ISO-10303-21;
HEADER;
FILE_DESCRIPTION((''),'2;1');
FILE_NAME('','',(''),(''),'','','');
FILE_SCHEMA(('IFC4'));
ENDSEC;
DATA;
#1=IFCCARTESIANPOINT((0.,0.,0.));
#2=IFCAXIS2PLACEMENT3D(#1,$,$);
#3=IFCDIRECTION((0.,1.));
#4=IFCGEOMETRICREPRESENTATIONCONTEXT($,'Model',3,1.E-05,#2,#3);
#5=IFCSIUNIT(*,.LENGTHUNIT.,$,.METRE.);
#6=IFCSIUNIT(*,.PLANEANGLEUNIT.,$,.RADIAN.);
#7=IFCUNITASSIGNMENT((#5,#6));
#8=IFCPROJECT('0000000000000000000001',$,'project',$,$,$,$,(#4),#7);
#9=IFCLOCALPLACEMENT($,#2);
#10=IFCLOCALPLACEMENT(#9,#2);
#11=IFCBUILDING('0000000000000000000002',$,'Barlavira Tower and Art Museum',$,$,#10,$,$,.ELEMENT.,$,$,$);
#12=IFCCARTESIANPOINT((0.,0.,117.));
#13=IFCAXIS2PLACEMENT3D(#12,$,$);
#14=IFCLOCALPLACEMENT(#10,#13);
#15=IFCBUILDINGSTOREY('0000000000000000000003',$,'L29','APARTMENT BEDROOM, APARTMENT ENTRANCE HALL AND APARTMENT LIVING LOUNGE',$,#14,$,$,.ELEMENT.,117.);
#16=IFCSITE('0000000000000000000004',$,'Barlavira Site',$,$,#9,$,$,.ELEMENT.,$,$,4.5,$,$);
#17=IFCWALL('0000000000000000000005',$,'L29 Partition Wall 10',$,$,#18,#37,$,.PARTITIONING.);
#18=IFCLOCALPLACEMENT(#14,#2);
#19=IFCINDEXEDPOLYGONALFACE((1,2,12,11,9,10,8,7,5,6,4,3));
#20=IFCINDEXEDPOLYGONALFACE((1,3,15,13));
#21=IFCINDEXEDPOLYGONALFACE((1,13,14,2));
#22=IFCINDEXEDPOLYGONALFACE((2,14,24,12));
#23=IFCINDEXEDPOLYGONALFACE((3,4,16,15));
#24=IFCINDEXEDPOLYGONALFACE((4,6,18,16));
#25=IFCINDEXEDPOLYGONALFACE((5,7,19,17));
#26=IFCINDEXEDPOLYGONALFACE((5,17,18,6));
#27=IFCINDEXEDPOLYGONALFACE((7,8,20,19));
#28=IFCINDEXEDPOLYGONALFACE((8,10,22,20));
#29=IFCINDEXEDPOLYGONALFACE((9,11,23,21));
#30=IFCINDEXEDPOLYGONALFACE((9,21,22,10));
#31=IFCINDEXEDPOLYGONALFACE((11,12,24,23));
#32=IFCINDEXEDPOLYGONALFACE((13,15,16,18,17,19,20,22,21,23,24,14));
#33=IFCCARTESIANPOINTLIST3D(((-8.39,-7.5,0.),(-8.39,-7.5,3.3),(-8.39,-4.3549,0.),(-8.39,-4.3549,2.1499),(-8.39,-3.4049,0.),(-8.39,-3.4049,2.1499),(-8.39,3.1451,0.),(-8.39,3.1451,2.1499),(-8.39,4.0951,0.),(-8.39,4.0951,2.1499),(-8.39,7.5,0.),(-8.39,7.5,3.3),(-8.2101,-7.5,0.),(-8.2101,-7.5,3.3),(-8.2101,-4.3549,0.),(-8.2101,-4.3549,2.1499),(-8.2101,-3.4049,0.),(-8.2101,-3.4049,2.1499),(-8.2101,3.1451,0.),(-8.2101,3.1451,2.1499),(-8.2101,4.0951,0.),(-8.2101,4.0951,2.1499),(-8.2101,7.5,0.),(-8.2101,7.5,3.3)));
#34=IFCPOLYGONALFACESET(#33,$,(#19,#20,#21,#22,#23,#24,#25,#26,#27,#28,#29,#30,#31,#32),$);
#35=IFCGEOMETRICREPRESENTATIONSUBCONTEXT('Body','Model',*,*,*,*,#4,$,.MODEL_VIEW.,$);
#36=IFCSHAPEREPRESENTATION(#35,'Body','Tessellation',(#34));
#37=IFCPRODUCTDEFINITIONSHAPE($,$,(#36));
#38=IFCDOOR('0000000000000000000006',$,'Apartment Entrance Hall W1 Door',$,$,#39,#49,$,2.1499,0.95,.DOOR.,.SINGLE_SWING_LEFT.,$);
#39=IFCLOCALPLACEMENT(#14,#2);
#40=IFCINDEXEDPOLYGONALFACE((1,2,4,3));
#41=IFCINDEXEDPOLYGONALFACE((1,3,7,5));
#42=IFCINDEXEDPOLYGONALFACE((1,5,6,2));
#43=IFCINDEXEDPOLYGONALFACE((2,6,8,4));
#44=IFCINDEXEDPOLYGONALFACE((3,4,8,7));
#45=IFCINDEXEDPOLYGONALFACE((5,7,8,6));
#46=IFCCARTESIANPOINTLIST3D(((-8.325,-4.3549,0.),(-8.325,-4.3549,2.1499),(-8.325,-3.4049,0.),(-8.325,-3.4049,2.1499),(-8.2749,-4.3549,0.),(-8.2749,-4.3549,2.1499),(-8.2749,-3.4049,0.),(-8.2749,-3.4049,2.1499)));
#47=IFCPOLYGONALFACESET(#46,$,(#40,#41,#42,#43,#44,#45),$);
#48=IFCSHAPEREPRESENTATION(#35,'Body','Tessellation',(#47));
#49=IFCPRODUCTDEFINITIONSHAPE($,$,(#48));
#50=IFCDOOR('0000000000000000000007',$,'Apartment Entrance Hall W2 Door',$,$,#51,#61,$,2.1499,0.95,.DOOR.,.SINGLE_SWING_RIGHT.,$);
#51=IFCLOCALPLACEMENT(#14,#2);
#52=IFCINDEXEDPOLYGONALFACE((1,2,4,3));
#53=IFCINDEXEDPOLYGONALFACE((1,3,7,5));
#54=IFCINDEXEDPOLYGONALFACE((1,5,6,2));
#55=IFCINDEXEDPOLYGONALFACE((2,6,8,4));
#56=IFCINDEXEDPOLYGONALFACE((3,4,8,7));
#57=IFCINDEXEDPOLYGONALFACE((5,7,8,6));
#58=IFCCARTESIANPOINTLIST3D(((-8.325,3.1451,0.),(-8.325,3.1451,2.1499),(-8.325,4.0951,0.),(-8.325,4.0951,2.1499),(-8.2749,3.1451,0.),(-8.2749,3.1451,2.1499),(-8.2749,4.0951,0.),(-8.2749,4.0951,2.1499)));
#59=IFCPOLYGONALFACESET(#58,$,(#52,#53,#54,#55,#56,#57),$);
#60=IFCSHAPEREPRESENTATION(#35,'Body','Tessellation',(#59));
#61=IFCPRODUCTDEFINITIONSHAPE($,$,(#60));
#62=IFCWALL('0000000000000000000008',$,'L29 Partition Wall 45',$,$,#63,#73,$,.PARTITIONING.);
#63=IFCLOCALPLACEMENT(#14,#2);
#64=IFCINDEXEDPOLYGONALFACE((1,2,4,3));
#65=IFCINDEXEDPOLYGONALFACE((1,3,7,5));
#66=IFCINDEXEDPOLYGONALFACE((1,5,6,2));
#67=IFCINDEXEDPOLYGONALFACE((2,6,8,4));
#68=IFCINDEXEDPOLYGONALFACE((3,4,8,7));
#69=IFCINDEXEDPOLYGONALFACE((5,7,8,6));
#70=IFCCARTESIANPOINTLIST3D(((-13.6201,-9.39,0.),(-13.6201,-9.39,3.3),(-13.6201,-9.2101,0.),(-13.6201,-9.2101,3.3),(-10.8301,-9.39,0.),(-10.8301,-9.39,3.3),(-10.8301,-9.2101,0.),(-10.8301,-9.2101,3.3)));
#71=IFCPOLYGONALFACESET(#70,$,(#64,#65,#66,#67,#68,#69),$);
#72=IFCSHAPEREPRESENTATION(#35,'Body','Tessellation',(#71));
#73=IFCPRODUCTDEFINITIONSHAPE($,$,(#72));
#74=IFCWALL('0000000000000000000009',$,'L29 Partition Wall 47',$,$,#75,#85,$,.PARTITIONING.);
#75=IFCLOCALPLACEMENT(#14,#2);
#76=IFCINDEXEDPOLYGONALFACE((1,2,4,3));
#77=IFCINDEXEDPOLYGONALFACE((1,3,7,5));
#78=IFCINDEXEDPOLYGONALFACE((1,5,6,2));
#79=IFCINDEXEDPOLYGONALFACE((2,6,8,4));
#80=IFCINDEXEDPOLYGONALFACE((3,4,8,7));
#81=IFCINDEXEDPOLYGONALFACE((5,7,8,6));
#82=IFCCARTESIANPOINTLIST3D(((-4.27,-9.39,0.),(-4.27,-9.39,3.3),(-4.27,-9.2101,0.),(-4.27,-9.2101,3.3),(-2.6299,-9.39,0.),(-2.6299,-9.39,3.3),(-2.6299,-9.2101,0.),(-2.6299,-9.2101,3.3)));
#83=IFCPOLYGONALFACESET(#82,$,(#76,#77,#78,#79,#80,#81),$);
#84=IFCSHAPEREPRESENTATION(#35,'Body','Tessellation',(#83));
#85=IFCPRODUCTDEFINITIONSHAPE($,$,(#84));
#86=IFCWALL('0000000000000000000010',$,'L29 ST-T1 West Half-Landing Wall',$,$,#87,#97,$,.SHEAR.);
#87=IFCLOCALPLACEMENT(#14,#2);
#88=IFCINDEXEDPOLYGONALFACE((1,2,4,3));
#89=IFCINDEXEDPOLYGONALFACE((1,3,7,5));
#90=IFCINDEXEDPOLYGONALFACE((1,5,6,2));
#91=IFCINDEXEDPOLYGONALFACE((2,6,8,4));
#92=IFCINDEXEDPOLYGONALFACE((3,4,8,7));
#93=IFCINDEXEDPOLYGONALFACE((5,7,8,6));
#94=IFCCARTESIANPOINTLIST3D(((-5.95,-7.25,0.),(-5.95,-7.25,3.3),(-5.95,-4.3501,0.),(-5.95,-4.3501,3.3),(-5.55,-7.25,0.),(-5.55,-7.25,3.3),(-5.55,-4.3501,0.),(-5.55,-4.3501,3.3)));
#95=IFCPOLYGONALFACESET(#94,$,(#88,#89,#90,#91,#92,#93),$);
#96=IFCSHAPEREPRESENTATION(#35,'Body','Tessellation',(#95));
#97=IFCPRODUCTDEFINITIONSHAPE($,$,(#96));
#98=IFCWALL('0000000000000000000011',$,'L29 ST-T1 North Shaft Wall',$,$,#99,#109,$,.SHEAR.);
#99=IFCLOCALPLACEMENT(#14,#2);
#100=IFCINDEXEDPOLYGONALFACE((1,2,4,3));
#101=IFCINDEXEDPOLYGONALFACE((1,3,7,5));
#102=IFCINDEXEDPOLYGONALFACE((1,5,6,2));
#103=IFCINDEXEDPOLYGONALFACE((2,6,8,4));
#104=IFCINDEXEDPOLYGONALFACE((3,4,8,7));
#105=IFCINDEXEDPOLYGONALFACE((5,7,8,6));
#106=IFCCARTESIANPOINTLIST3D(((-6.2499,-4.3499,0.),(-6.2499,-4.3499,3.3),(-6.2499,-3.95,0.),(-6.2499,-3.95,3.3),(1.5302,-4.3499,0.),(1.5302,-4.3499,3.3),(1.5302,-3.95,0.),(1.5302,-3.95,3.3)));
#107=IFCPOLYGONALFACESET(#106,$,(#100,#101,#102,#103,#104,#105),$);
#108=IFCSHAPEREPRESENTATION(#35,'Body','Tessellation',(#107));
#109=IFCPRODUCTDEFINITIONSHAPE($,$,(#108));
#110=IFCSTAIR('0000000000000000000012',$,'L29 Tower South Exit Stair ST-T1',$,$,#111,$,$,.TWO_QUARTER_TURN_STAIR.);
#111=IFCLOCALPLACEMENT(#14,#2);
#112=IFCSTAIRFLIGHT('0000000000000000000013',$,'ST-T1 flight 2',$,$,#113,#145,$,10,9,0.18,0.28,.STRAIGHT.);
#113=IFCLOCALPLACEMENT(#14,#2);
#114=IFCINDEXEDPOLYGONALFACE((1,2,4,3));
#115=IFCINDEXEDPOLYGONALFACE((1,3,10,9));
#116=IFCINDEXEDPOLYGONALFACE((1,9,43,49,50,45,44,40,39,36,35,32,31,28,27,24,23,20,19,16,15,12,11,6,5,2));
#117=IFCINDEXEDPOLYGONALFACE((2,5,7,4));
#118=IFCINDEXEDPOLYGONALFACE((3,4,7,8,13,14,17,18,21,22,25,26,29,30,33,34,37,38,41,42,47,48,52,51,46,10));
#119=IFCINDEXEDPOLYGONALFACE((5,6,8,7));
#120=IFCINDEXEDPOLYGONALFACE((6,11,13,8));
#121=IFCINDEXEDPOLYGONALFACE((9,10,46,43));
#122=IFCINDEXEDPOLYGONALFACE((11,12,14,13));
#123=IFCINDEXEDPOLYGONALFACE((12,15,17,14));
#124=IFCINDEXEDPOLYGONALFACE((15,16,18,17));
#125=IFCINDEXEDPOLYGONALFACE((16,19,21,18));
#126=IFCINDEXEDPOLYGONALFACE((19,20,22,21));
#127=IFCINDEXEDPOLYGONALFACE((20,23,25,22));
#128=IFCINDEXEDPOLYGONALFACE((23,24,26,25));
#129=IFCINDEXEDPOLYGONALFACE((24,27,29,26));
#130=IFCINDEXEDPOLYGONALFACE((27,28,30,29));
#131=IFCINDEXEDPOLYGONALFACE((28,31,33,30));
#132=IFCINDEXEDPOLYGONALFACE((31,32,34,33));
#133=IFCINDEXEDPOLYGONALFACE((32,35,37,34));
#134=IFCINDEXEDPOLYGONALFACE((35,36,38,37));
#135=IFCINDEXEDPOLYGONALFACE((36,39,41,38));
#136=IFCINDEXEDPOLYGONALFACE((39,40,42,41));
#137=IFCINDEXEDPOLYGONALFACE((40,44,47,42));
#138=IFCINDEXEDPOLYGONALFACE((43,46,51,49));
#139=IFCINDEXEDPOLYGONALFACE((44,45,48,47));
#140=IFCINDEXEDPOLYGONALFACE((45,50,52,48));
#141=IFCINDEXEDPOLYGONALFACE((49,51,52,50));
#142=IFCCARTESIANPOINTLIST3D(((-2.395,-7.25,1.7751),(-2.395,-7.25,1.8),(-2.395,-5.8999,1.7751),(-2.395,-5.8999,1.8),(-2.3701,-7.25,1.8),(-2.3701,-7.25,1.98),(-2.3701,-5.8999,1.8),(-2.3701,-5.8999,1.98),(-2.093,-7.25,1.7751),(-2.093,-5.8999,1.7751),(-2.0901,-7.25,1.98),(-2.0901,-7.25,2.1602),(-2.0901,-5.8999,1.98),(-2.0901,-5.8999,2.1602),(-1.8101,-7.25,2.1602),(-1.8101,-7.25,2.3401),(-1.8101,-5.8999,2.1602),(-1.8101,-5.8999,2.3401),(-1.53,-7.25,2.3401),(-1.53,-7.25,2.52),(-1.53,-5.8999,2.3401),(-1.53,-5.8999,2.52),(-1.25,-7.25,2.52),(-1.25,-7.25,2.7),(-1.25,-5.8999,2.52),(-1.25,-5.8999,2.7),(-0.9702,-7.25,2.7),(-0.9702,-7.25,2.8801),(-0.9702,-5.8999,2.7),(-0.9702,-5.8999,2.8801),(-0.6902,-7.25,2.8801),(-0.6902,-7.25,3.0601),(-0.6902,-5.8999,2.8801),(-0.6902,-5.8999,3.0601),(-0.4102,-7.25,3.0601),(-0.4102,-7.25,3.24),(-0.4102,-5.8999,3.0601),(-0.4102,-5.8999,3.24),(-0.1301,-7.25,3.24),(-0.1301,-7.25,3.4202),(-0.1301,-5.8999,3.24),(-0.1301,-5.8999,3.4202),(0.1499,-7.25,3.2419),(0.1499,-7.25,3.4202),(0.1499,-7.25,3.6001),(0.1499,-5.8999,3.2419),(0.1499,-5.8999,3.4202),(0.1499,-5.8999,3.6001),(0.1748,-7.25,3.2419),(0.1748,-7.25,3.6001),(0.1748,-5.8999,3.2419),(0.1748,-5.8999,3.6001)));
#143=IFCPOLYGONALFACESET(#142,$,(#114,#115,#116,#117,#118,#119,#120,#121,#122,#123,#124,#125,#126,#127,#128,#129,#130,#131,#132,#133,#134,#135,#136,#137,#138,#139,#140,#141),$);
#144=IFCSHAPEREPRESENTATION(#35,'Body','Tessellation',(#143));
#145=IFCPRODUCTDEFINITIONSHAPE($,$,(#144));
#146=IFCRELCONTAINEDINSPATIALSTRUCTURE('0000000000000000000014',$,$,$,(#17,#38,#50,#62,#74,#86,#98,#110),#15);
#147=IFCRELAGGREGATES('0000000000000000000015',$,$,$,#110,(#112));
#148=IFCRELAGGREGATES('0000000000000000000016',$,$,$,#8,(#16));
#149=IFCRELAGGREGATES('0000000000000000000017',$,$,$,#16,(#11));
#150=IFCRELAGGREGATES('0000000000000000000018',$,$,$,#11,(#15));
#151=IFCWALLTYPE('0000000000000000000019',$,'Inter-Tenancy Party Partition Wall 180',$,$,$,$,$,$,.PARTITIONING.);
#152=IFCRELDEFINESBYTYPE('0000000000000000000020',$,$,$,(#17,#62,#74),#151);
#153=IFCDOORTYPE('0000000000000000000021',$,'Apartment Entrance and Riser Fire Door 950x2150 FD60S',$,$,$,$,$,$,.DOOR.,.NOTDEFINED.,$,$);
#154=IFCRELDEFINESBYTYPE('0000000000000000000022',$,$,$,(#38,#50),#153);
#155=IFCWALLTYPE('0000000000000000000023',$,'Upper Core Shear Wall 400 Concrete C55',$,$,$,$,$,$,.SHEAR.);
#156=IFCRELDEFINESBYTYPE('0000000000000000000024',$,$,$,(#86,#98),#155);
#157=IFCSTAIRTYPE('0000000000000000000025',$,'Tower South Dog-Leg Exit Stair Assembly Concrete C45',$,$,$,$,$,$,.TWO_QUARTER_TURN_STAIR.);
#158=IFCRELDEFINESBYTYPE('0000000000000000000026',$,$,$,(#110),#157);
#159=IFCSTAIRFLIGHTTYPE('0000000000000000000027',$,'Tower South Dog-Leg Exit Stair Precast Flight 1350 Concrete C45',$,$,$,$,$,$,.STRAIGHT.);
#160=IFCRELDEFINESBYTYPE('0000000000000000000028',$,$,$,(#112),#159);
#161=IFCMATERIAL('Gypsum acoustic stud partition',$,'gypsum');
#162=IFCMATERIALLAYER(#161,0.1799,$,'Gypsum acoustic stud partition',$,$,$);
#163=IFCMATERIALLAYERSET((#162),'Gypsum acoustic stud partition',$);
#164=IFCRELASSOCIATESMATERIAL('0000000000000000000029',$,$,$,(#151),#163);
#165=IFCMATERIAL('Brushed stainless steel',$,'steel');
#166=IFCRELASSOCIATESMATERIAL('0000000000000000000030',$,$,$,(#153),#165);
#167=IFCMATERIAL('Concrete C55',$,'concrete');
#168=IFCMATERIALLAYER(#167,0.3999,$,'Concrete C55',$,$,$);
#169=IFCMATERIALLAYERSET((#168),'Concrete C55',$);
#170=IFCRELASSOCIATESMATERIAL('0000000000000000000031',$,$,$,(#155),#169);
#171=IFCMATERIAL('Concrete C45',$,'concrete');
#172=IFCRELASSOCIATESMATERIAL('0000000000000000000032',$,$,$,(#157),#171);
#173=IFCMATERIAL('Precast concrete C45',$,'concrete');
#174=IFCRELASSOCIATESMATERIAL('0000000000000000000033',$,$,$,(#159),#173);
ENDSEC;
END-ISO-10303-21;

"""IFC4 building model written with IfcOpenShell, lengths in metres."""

from ifc_helpers import new_model, si_unit, direction, frame, frame_2d, origin, place, context, subcontext, project, spatial, polyline, rectangle, outline, extrude, material, layer, layer_set, type_object, element, fill, aggregate, save


model = new_model("IFC4")

# Units and contexts
model_context = context("Model", 3, precision=1e-05, world=origin(), true_north=direction((0.0, 1.0)))
body_context = subcontext(model_context, "Body", "Model", "MODEL_VIEW")
ifc_project = project(units=[si_unit("LENGTHUNIT", "METRE"), si_unit("PLANEANGLEUNIT", "RADIAN")], contexts=[model_context])

# Site, building, storey
site_placement = place(None, origin())
site = spatial("IfcSite", under=ifc_project, at=site_placement, Name="Barlavira Site", CompositionType="ELEMENT", RefElevation=4.5)
building_placement = place(site_placement, origin())
building = spatial("IfcBuilding", under=site, at=building_placement, Name="Barlavira Tower and Art Museum", CompositionType="ELEMENT")
storey_placement = place(building_placement, frame((0.0, 0.0, 117.0)))
storey = spatial("IfcBuildingStorey", under=building, at=storey_placement, Name="L29", Description="APARTMENT BEDROOM, APARTMENT ENTRANCE HALL AND APARTMENT LIVING LOUNGE", CompositionType="ELEMENT", Elevation=117.0)

# Shared definitions
ifc_material_1 = material(Name="Brushed stainless steel", Category="steel")

# Wall, openings, doors
ifc_material_2 = material(Name="Gypsum acoustic stud partition", Category="gypsum")
ifc_layer_1 = layer(ifc_material_2, 0.1799, Name="Gypsum acoustic stud partition")
ifc_layer_set_1 = layer_set([ifc_layer_1], Name="Gypsum acoustic stud partition")
wall_type_1 = type_object("IfcWallType", Name="Inter-Tenancy Party Partition Wall 180", PredefinedType="PARTITIONING", material=ifc_layer_set_1)
wall_1_placement = place(storey_placement, frame((-8.3, -7.5, 0.0), z_axis=(0.0, 0.0, 1.0), x_axis=(0.0, 1.0, 0.0)))
wall_1 = element("IfcWall", 1, at=wall_1_placement, inside=storey, type_object=wall_type_1, Name="L29 Partition Wall 10", PredefinedType="PARTITIONING", context=body_context, shape_type="SweptSolid", body=[
    extrude(rectangle(XDim=15.0, YDim=0.1799, at=frame_2d((7.5, 0.0))), origin(), (0.0, 0.0, 1.0), 3.3),
])
opening_1_placement = place(wall_1_placement, frame((3.145, 0.0, 0.0)))
opening_1 = element("IfcOpeningElement", 2, at=opening_1_placement, cuts=wall_1, PredefinedType="OPENING", context=body_context, shape_type="SweptSolid", body=[
    extrude(rectangle(XDim=0.95, YDim=2.1499, at=frame_2d((0.4751, 1.075))), frame((0.0, 0.1001, 0.0), z_axis=(0.0, -1.0, 0.0), x_axis=(1.0, 0.0, 0.0)), (0.0, 0.0, 1.0), 0.2),
])
opening_2_placement = place(wall_1_placement, frame((10.645, 0.0, 0.0)))
opening_2 = element("IfcOpeningElement", 3, at=opening_2_placement, cuts=wall_1, PredefinedType="OPENING", context=body_context, shape_type="SweptSolid", body=[
    extrude(rectangle(XDim=0.95, YDim=2.1499, at=frame_2d((0.4751, 1.075))), frame((0.0, 0.1001, 0.0), z_axis=(0.0, -1.0, 0.0), x_axis=(1.0, 0.0, 0.0)), (0.0, 0.0, 1.0), 0.2),
])
door_type_1 = type_object("IfcDoorType", Name="Apartment Entrance and Riser Fire Door 950x2150 FD60S", OperationType="NOTDEFINED", PredefinedType="DOOR", material=ifc_material_1)
door_1_placement = place(opening_1_placement, origin())
door_1 = element("IfcDoor", 4, at=door_1_placement, inside=storey, type_object=door_type_1, Name="Apartment Entrance Hall W1 Door", OperationType="SINGLE_SWING_LEFT", OverallHeight=2.1499, OverallWidth=0.95, PredefinedType="DOOR", context=body_context, shape_type="SweptSolid", body=[
    extrude(rectangle(XDim=0.95, YDim=2.1499, at=frame_2d((0.4751, 1.075))), frame((0.0, 0.0249, 0.0), z_axis=(0.0, -1.0, 0.0), x_axis=(1.0, 0.0, 0.0)), (0.0, 0.0, 1.0), 0.05),
])
fill(opening_1, door_1)
door_2_placement = place(opening_2_placement, origin())
door_2 = element("IfcDoor", 5, at=door_2_placement, inside=storey, type_object=door_type_1, Name="Apartment Entrance Hall W2 Door", OperationType="SINGLE_SWING_RIGHT", OverallHeight=2.1499, OverallWidth=0.95, PredefinedType="DOOR", context=body_context, shape_type="SweptSolid", body=[
    extrude(rectangle(XDim=0.95, YDim=2.1499, at=frame_2d((0.4751, 1.075))), frame((0.0, 0.0249, 0.0), z_axis=(0.0, -1.0, 0.0), x_axis=(1.0, 0.0, 0.0)), (0.0, 0.0, 1.0), 0.05),
])
fill(opening_2, door_2)

# Wall
wall_2_placement = place(storey_placement, frame((-13.6201, -9.3, 0.0), z_axis=(0.0, 0.0, 1.0), x_axis=(1.0, 0.0, 0.0)))
element("IfcWall", 6, at=wall_2_placement, inside=storey, type_object=wall_type_1, Name="L29 Partition Wall 45", PredefinedType="PARTITIONING", context=body_context, shape_type="SweptSolid", body=[
    extrude(rectangle(XDim=2.79, YDim=0.1799, at=frame_2d((1.395, 0.0))), origin(), (0.0, 0.0, 1.0), 3.3),
])

# Wall
wall_3_placement = place(storey_placement, frame((-4.27, -9.3, 0.0), z_axis=(0.0, 0.0, 1.0), x_axis=(1.0, 0.0, 0.0)))
element("IfcWall", 7, at=wall_3_placement, inside=storey, type_object=wall_type_1, Name="L29 Partition Wall 47", PredefinedType="PARTITIONING", context=body_context, shape_type="SweptSolid", body=[
    extrude(rectangle(XDim=1.6401, YDim=0.1799, at=frame_2d((0.8201, 0.0))), origin(), (0.0, 0.0, 1.0), 3.3),
])

# Walls
ifc_material_3 = material(Name="Concrete C55", Category="concrete")
ifc_layer_2 = layer(ifc_material_3, 0.3999, Name="Concrete C55")
ifc_layer_set_2 = layer_set([ifc_layer_2], Name="Concrete C55")
wall_type_2 = type_object("IfcWallType", Name="Upper Core Shear Wall 400 Concrete C55", PredefinedType="SHEAR", material=ifc_layer_set_2)
wall_4_placement = place(storey_placement, frame((-5.75, -7.25, 0.0), z_axis=(0.0, 0.0, 1.0), x_axis=(0.0, 1.0, 0.0)))
element("IfcWall", 8, at=wall_4_placement, inside=storey, type_object=wall_type_2, Name="L29 ST-T1 West Half-Landing Wall", PredefinedType="SHEAR", context=body_context, shape_type="SweptSolid", body=[
    extrude(rectangle(XDim=2.8999, YDim=0.3999, at=frame_2d((1.45, 0.0))), origin(), (0.0, 0.0, 1.0), 3.3),
])
wall_5_placement = place(storey_placement, frame((-6.25, -4.1499, 0.0), z_axis=(0.0, 0.0, 1.0), x_axis=(1.0, 0.0, 0.0)))
element("IfcWall", 9, at=wall_5_placement, inside=storey, type_object=wall_type_2, Name="L29 ST-T1 North Shaft Wall", PredefinedType="SHEAR", context=body_context, shape_type="SweptSolid", body=[
    extrude(rectangle(XDim=7.78, YDim=0.3999, at=frame_2d((3.8901, 0.0))), origin(), (0.0, 0.0, 1.0), 3.3),
])

# Stair, stair flight
ifc_material_4 = material(Name="Concrete C45", Category="concrete")
stair_type = type_object("IfcStairType", Name="Tower South Dog-Leg Exit Stair Assembly Concrete C45", PredefinedType="TWO_QUARTER_TURN_STAIR", material=ifc_material_4)
stair_placement = place(storey_placement, origin())
stair = element("IfcStair", 10, at=stair_placement, inside=storey, type_object=stair_type, Name="L29 Tower South Exit Stair ST-T1", PredefinedType="TWO_QUARTER_TURN_STAIR")
ifc_material_5 = material(Name="Precast concrete C45", Category="concrete")
stair_flight_type = type_object("IfcStairFlightType", Name="Tower South Dog-Leg Exit Stair Precast Flight 1350 Concrete C45", PredefinedType="STRAIGHT", material=ifc_material_5)
stair_flight_placement = place(storey_placement, frame((-2.3701, -6.575, 1.8), z_axis=(0.0, 0.0, 1.0), x_axis=(1.0, 0.0, 0.0)))
stair_flight = element("IfcStairFlight", 11, at=stair_flight_placement, type_object=stair_flight_type, Name="ST-T1 flight 2", NumberOfRisers=10, NumberOfTreads=9, PredefinedType="STRAIGHT", RiserHeight=0.18, TreadLength=0.28, context=body_context, shape_type="SweptSolid", body=[
    extrude(outline(polyline([(-0.0249, 0.0), (0.0, 0.0), (0.0, 0.1799), (0.28, 0.1799), (0.28, 0.3601), (0.5601, 0.3601), (0.5601, 0.54), (0.8401, 0.54), (0.8401, 0.72), (1.1201, 0.72), (1.1201, 0.8999), (1.3999, 0.8999), (1.3999, 1.0801), (1.6799, 1.0801), (1.6799, 1.26), (1.96, 1.26), (1.96, 1.4399), (2.24, 1.4399), (2.24, 1.6201), (2.52, 1.6201), (2.52, 1.8), (2.5449, 1.8), (2.5449, 1.4419), (2.52, 1.4419), (0.2771, -0.0249), (-0.0249, -0.0249), (-0.0249, 0.0)])), frame((0.0, 0.675, 0.0), z_axis=(0.0, -1.0, 0.0), x_axis=(1.0, 0.0, 0.0)), (0.0, 0.0, 1.0), 1.3501),
])
aggregate(stair, [stair_flight])

save(model, "model.ifc")
